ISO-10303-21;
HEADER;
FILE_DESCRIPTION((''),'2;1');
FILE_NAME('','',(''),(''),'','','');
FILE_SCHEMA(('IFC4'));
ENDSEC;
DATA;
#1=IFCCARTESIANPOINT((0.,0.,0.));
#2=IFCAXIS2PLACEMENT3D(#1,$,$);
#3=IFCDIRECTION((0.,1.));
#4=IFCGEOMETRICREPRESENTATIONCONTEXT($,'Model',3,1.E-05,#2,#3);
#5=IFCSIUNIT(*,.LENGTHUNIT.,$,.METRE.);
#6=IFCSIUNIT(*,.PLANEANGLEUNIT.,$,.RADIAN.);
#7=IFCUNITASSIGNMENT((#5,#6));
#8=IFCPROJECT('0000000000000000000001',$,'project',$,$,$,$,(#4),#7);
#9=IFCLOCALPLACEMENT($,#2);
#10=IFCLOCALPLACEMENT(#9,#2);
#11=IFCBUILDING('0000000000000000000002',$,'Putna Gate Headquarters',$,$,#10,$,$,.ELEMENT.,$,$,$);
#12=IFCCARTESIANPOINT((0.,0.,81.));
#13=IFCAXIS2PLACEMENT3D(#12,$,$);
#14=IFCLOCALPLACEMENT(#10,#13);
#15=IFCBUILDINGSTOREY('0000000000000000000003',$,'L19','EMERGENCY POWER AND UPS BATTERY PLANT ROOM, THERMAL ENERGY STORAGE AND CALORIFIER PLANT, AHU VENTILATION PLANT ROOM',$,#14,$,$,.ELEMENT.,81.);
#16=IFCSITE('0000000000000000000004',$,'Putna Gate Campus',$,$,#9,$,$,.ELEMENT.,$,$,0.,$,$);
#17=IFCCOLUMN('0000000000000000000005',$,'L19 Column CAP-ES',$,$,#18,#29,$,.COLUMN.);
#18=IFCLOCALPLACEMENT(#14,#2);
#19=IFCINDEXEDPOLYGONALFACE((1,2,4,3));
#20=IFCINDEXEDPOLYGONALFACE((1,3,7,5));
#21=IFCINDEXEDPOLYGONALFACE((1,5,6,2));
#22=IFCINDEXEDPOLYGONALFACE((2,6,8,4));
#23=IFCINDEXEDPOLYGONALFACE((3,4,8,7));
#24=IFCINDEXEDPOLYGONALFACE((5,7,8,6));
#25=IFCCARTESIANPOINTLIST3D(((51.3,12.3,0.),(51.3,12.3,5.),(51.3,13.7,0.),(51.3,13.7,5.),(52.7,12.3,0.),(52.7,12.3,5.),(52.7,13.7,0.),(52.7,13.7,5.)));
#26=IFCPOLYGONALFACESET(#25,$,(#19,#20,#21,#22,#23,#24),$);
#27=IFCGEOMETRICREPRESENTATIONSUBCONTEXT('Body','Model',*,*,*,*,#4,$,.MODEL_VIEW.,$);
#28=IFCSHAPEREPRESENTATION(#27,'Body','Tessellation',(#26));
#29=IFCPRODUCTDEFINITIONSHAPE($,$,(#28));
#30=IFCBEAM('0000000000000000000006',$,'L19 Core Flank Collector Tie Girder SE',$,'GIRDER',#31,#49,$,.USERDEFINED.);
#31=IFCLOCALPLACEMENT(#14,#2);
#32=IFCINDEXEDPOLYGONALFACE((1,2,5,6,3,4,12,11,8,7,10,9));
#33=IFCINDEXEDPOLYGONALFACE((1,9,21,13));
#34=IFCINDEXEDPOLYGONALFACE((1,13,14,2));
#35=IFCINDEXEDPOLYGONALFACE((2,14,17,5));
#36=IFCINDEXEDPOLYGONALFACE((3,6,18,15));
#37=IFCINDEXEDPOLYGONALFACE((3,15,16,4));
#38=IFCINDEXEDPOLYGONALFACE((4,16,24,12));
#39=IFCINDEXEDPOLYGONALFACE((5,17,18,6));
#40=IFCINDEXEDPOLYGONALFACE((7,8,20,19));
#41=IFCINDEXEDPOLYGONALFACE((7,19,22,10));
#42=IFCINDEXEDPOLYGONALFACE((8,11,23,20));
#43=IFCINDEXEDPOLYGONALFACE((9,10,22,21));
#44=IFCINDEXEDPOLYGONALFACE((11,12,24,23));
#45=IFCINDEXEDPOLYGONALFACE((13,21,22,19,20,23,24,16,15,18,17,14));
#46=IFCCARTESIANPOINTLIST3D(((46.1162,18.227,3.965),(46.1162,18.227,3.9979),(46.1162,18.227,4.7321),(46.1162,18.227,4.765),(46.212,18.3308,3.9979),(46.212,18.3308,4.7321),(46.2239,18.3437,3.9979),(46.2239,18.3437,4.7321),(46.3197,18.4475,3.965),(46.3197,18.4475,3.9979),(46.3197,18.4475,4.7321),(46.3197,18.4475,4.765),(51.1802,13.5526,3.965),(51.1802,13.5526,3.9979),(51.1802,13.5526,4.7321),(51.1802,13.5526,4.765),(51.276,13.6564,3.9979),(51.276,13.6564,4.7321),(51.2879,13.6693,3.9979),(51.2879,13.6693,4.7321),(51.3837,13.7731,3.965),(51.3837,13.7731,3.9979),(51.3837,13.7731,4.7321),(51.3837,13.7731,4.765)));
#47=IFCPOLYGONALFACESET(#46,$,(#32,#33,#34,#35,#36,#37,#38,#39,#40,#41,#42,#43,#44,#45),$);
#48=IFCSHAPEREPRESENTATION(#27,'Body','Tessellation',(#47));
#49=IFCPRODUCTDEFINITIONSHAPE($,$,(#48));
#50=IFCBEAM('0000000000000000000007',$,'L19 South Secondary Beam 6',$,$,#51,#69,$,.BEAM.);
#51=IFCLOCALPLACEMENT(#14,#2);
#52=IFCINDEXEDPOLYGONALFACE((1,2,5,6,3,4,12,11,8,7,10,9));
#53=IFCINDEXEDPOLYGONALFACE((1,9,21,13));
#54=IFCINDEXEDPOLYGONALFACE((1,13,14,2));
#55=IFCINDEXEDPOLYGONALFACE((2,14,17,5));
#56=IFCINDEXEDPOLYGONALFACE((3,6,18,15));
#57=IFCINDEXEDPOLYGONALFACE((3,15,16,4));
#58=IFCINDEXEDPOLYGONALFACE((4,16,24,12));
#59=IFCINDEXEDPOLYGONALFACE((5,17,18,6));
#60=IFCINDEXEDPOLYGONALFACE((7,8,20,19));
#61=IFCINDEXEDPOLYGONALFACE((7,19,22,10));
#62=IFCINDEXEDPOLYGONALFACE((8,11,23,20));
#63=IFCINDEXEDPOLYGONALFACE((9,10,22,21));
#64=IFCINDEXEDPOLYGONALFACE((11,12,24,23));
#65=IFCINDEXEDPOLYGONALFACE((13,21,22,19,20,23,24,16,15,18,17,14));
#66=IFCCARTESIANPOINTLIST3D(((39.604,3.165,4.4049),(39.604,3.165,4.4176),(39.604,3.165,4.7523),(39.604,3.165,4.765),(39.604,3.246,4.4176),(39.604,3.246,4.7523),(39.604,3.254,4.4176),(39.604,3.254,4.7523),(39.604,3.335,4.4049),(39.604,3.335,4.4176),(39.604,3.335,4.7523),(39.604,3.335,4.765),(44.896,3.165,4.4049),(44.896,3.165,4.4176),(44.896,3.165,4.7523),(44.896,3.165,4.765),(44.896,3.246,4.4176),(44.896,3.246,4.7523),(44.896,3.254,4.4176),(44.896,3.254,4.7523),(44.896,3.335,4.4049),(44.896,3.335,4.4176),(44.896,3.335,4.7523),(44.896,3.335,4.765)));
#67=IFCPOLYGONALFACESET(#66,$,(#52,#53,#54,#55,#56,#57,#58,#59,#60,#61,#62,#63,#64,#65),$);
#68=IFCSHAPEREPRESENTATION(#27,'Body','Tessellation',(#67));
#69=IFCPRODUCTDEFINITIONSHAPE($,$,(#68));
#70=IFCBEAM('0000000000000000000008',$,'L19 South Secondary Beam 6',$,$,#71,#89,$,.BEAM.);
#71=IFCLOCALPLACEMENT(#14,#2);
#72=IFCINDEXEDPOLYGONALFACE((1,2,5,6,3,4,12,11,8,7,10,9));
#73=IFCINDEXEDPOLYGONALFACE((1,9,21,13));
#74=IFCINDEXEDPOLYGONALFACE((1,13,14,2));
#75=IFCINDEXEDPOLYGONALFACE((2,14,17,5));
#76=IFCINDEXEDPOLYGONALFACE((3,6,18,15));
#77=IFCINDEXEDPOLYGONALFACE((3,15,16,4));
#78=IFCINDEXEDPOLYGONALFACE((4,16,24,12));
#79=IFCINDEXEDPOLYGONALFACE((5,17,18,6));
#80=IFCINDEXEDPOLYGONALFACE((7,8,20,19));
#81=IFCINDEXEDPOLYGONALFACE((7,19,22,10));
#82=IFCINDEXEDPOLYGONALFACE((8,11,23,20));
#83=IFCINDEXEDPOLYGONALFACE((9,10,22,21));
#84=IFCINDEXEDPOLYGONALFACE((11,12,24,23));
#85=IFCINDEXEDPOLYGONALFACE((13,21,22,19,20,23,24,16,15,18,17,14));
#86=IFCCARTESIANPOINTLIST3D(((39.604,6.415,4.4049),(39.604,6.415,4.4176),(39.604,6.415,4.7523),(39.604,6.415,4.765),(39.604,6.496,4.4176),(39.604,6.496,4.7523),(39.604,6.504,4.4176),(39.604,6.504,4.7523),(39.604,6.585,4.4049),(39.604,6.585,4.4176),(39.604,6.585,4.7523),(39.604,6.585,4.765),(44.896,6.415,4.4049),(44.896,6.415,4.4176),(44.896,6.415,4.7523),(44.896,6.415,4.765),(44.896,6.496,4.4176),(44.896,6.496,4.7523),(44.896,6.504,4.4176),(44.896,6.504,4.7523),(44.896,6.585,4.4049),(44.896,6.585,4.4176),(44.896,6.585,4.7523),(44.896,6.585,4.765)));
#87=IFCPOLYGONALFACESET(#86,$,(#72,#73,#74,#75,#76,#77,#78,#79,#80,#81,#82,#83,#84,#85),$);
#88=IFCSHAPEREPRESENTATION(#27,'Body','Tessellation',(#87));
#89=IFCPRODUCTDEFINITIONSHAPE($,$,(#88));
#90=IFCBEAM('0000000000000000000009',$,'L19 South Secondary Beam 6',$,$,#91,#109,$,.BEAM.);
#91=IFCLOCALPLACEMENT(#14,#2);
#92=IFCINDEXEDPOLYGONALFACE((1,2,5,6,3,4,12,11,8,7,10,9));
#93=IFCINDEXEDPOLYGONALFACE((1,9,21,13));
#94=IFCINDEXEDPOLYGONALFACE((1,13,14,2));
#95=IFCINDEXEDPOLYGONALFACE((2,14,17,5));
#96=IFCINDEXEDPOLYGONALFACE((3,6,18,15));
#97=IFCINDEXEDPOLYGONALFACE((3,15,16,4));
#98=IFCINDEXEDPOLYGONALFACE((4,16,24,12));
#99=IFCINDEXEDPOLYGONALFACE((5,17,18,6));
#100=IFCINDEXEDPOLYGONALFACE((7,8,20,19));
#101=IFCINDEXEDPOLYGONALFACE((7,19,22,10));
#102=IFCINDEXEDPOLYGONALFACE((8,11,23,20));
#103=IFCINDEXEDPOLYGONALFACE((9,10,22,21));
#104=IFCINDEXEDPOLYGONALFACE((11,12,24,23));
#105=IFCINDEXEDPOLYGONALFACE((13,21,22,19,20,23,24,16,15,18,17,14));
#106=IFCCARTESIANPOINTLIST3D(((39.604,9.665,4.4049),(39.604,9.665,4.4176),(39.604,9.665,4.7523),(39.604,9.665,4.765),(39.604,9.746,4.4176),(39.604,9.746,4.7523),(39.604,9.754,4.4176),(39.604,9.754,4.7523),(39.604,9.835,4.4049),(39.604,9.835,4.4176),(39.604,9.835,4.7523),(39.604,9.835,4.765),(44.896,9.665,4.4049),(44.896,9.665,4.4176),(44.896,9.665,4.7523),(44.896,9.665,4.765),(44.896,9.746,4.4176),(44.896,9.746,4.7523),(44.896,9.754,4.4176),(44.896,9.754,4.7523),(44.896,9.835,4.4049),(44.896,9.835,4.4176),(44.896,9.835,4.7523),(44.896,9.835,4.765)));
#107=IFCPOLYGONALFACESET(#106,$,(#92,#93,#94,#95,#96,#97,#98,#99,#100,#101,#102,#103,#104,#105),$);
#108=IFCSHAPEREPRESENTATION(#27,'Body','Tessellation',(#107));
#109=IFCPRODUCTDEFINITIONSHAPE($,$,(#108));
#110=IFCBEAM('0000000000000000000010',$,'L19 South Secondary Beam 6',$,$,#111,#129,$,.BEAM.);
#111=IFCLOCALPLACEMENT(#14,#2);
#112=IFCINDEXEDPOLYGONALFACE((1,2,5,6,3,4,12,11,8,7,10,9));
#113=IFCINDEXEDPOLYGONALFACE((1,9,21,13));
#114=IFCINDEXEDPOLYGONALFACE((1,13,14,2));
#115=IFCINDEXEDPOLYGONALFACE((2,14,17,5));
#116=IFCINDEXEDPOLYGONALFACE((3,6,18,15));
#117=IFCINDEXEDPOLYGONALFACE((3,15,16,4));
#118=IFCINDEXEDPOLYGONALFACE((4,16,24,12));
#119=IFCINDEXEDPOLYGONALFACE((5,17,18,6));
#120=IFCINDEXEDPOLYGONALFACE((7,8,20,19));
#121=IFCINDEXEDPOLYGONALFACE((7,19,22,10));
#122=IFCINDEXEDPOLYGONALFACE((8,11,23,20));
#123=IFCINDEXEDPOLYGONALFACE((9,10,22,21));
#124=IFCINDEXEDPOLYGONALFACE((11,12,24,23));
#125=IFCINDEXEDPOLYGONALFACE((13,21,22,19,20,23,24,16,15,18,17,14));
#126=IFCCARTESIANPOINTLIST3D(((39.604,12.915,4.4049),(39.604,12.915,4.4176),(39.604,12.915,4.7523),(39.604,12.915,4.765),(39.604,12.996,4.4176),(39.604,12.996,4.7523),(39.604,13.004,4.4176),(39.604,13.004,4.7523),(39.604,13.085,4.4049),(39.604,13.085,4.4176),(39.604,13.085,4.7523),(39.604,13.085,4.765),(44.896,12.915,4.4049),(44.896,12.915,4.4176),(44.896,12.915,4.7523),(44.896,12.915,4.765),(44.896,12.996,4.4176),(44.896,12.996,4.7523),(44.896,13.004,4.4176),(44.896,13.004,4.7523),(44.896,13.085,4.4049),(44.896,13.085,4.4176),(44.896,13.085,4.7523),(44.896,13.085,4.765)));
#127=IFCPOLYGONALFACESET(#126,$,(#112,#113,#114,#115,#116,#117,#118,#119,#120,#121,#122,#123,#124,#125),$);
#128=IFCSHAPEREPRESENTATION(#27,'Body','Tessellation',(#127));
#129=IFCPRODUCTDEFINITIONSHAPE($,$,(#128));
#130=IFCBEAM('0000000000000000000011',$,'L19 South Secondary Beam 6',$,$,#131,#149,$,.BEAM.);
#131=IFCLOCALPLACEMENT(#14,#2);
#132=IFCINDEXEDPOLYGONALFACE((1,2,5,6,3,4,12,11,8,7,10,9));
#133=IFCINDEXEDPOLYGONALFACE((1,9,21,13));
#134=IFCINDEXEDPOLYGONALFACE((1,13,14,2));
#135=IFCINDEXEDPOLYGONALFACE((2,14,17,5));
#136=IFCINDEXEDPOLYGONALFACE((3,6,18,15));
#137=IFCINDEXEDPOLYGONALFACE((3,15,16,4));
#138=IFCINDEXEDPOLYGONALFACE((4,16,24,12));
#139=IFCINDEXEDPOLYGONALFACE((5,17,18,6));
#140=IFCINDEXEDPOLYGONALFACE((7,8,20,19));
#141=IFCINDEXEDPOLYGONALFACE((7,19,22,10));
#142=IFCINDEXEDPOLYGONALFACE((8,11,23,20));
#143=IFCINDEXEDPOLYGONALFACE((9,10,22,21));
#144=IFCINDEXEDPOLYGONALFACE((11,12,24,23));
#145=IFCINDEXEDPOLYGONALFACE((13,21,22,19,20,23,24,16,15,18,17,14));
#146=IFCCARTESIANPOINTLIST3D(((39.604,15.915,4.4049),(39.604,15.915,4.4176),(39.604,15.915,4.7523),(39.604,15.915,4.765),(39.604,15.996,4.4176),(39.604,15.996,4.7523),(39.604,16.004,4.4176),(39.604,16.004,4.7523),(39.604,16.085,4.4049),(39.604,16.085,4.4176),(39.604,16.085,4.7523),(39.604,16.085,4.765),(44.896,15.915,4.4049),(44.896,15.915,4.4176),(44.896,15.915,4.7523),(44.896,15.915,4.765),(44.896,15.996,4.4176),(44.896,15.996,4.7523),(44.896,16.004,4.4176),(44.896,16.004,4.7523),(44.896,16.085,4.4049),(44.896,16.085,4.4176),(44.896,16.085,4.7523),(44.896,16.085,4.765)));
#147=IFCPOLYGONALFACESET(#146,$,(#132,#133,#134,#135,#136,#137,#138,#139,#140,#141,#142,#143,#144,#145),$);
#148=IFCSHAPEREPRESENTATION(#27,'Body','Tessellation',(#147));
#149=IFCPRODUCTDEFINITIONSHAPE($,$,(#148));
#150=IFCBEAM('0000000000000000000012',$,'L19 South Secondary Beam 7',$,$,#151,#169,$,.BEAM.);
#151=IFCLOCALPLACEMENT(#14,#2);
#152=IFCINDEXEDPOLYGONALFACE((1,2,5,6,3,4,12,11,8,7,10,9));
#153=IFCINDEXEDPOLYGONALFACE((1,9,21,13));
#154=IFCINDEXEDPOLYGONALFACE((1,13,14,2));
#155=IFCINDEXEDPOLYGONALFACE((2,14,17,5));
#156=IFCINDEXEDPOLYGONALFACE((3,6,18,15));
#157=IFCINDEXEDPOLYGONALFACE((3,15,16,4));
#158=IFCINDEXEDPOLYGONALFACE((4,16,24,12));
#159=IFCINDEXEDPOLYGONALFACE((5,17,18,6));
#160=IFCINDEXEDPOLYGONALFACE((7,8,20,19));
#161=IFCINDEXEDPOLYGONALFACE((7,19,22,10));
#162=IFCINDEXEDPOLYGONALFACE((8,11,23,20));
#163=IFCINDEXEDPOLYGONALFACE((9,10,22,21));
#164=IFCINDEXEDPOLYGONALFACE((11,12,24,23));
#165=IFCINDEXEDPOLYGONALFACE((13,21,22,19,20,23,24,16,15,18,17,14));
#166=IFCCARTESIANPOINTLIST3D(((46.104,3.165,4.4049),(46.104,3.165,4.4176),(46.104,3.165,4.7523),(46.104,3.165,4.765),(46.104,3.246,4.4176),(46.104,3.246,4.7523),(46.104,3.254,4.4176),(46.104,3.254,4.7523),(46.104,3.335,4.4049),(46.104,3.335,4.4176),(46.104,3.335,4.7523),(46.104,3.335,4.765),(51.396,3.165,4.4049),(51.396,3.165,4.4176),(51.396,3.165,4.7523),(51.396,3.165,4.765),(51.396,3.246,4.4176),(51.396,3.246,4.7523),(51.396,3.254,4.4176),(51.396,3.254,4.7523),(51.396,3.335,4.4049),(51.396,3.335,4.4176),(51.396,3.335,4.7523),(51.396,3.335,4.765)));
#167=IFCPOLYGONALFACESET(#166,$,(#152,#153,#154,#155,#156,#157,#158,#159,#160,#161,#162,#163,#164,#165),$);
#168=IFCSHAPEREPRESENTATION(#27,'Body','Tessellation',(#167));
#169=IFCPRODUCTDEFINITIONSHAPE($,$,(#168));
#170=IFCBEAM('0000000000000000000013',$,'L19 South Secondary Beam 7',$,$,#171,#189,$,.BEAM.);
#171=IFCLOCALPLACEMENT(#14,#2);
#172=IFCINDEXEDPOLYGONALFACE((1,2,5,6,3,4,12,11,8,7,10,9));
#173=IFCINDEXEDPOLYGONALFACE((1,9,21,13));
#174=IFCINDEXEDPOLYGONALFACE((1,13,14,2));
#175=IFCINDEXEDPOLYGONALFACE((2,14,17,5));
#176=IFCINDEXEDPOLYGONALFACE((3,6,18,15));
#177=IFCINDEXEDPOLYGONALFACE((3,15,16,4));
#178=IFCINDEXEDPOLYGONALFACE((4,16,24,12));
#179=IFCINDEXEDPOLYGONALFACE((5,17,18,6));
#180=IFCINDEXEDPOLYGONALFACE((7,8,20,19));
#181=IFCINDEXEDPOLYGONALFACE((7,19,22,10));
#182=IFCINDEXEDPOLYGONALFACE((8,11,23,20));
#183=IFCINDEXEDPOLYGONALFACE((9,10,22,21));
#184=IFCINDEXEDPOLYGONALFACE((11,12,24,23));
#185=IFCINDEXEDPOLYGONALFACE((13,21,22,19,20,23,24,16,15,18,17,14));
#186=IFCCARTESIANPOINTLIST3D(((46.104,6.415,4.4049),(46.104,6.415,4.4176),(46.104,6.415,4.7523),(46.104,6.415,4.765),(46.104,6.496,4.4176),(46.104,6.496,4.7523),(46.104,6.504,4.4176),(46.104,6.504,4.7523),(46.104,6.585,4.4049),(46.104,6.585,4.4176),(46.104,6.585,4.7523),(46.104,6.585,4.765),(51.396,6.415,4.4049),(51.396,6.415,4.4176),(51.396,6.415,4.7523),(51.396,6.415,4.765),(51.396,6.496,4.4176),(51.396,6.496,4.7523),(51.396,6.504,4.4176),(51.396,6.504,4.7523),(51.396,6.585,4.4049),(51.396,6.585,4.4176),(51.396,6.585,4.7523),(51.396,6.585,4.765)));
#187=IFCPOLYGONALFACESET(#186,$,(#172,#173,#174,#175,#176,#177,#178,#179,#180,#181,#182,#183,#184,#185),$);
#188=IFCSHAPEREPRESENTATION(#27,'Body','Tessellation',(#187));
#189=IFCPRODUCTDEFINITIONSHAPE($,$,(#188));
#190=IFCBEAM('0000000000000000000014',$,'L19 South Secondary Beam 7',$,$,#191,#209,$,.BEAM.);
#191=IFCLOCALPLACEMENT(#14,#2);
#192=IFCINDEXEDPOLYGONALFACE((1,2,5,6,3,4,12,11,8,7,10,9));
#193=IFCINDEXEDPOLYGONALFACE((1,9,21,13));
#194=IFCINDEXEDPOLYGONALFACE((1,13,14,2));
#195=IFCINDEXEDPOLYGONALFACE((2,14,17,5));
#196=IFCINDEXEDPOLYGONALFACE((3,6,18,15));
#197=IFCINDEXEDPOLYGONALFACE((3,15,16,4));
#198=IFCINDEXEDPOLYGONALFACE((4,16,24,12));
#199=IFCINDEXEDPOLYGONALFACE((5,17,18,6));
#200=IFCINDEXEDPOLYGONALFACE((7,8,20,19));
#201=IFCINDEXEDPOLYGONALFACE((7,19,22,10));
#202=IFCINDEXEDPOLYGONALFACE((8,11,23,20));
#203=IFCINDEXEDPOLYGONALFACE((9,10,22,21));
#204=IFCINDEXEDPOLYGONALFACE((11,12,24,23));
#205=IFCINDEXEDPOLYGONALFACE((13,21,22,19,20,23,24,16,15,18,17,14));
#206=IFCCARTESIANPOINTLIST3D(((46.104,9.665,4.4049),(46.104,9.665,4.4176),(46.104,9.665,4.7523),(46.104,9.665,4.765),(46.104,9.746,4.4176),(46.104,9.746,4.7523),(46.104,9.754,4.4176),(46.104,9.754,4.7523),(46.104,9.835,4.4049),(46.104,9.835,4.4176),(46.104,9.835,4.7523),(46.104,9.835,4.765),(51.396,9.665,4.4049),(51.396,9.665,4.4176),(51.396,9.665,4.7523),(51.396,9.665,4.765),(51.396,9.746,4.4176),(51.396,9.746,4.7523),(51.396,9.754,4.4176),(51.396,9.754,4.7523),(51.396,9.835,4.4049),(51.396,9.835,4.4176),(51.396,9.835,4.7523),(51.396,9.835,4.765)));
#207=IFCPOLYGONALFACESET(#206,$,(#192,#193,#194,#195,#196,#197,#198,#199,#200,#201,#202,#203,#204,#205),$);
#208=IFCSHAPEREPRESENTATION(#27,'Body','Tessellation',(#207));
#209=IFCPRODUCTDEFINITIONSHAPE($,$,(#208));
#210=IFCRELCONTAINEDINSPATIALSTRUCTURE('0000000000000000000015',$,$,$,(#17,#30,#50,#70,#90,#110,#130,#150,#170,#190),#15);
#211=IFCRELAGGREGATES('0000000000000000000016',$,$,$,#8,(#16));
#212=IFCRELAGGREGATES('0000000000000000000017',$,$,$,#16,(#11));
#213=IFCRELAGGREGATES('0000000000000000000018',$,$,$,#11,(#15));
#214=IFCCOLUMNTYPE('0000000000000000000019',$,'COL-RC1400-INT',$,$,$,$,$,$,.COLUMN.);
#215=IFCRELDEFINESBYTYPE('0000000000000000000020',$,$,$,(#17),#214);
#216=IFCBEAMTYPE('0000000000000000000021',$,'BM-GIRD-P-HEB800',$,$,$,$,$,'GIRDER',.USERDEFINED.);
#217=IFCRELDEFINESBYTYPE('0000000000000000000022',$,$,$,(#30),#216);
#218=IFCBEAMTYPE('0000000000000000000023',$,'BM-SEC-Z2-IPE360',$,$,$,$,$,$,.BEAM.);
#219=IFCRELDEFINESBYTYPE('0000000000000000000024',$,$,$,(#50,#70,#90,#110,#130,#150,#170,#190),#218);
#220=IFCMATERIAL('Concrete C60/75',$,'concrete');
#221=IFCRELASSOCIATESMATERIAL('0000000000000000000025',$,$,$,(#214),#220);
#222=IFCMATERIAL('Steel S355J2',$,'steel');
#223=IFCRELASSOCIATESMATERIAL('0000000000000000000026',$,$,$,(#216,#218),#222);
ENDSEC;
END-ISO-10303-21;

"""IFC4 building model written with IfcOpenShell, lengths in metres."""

from ifc_helpers import new_model, si_unit, direction, frame, origin, origin_2d, place, context, subcontext, project, spatial, rectangle, i_section, extrude, material, material_profile, profile_set, type_object, element, save


model = new_model("IFC4")

# Units and contexts
model_context = context("Model", 3, precision=1e-05, world=origin(), true_north=direction((0.0, 1.0)))
body_context = subcontext(model_context, "Body", "Model", "MODEL_VIEW")
ifc_project = project(units=[si_unit("LENGTHUNIT", "METRE"), si_unit("PLANEANGLEUNIT", "RADIAN")], contexts=[model_context])

# Site, building, storey
site_placement = place(None, origin())
site = spatial("IfcSite", under=ifc_project, at=site_placement, Name="Putna Gate Campus", CompositionType="ELEMENT", RefElevation=0.0)
building_placement = place(site_placement, origin())
building = spatial("IfcBuilding", under=site, at=building_placement, Name="Putna Gate Headquarters", CompositionType="ELEMENT")
storey_placement = place(building_placement, frame((0.0, 0.0, 81.0)))
storey = spatial("IfcBuildingStorey", under=building, at=storey_placement, Name="L19", Description="EMERGENCY POWER AND UPS BATTERY PLANT ROOM, THERMAL ENERGY STORAGE AND CALORIFIER PLANT, AHU VENTILATION PLANT ROOM", CompositionType="ELEMENT", Elevation=81.0)

# Column
ifc_material_1 = material(Name="Concrete C60/75", Category="concrete")
ifc_material_profile_1 = material_profile(ifc_material_1, rectangle(XDim=1.3999, YDim=1.3999, at=origin_2d()), Name="Concrete C60/75")
ifc_profile_set_1 = profile_set([ifc_material_profile_1], Name="Concrete C60/75")
column_type = type_object("IfcColumnType", Name="COL-RC1400-INT", PredefinedType="COLUMN", material=ifc_profile_set_1)
column_placement = place(storey_placement, frame((52.0, 13.0, 0.0), z_axis=(0.0, 0.0, 1.0), x_axis=(1.0, 0.0, 0.0)))
element("IfcColumn", 1, at=column_placement, inside=storey, type_object=column_type, Name="L19 Column CAP-ES", PredefinedType="COLUMN", context=body_context, shape_type="SweptSolid", body=[
    extrude(rectangle(XDim=1.3999, YDim=1.3999, at=origin_2d()), origin(), (0.0, 0.0, 1.0), 5.0),
])

# Beams
ifc_material_2 = material(Name="Steel S355J2", Category="steel")
ifc_material_profile_2 = material_profile(ifc_material_2, i_section(OverallWidth=0.3, OverallDepth=0.8, WebThickness=0.0176, FlangeThickness=0.033, at=origin_2d()), Name="Steel S355J2")
ifc_profile_set_2 = profile_set([ifc_material_profile_2], Name="Steel S355J2")
beam_type_1 = type_object("IfcBeamType", Name="BM-GIRD-P-HEB800", ElementType="GIRDER", PredefinedType="USERDEFINED", material=ifc_profile_set_2)
beam_1_placement = place(storey_placement, frame((51.282, 13.6628, 4.365), z_axis=(-0.734812, 0.678271, 0.0), x_axis=(-0.678271, -0.734812, 0.0)))
element("IfcBeam", 2, at=beam_1_placement, inside=storey, type_object=beam_type_1, Name="L19 Core Flank Collector Tie Girder SE", ObjectType="GIRDER", PredefinedType="USERDEFINED", context=body_context, shape_type="SweptSolid", body=[
    extrude(i_section(OverallWidth=0.3, OverallDepth=0.8, WebThickness=0.0176, FlangeThickness=0.033, at=origin_2d()), origin(), (0.0, 0.0, 1.0), 6.8916),
])
ifc_material_profile_3 = material_profile(ifc_material_2, i_section(OverallWidth=0.1699, OverallDepth=0.3601, WebThickness=0.0081, FlangeThickness=0.0127, at=origin_2d()), Name="Steel S355J2")
ifc_profile_set_3 = profile_set([ifc_material_profile_3], Name="Steel S355J2")
beam_type_2 = type_object("IfcBeamType", Name="BM-SEC-Z2-IPE360", PredefinedType="BEAM", material=ifc_profile_set_3)
for number, where, z_axis, x_axis, name in (
    (3, (39.604, 3.25, 4.585), (1.0, 0.0, 0.0), (0.0, 1.0, 0.0), "L19 South Secondary Beam 6"),
    (4, (39.604, 6.5, 4.585), (1.0, 0.0, 0.0), (0.0, 1.0, 0.0), "L19 South Secondary Beam 6"),
    (5, (39.604, 9.75, 4.585), (1.0, 0.0, 0.0), (0.0, 1.0, 0.0), "L19 South Secondary Beam 6"),
    (6, (39.604, 13.0, 4.585), (1.0, 0.0, 0.0), (0.0, 1.0, 0.0), "L19 South Secondary Beam 6"),
    (7, (39.604, 16.0, 4.585), (1.0, 0.0, 0.0), (0.0, 1.0, 0.0), "L19 South Secondary Beam 6"),
    (8, (46.104, 3.25, 4.585), (1.0, 0.0, 0.0), (0.0, 1.0, 0.0), "L19 South Secondary Beam 7"),
    (9, (46.104, 6.5, 4.585), (1.0, 0.0, 0.0), (0.0, 1.0, 0.0), "L19 South Secondary Beam 7"),
    (10, (46.104, 9.75, 4.585), (1.0, 0.0, 0.0), (0.0, 1.0, 0.0), "L19 South Secondary Beam 7"),
):
    element("IfcBeam", number, at=place(storey_placement, frame(where, z_axis=z_axis, x_axis=x_axis)), inside=storey, type_object=beam_type_2, Name=name, PredefinedType="BEAM", context=body_context, shape_type="SweptSolid", body=[
        extrude(i_section(OverallWidth=0.1699, OverallDepth=0.3601, WebThickness=0.0081, FlangeThickness=0.0127, at=origin_2d()), origin(), (0.0, 0.0, 1.0), 5.292),
    ])

save(model, "model.ifc")
